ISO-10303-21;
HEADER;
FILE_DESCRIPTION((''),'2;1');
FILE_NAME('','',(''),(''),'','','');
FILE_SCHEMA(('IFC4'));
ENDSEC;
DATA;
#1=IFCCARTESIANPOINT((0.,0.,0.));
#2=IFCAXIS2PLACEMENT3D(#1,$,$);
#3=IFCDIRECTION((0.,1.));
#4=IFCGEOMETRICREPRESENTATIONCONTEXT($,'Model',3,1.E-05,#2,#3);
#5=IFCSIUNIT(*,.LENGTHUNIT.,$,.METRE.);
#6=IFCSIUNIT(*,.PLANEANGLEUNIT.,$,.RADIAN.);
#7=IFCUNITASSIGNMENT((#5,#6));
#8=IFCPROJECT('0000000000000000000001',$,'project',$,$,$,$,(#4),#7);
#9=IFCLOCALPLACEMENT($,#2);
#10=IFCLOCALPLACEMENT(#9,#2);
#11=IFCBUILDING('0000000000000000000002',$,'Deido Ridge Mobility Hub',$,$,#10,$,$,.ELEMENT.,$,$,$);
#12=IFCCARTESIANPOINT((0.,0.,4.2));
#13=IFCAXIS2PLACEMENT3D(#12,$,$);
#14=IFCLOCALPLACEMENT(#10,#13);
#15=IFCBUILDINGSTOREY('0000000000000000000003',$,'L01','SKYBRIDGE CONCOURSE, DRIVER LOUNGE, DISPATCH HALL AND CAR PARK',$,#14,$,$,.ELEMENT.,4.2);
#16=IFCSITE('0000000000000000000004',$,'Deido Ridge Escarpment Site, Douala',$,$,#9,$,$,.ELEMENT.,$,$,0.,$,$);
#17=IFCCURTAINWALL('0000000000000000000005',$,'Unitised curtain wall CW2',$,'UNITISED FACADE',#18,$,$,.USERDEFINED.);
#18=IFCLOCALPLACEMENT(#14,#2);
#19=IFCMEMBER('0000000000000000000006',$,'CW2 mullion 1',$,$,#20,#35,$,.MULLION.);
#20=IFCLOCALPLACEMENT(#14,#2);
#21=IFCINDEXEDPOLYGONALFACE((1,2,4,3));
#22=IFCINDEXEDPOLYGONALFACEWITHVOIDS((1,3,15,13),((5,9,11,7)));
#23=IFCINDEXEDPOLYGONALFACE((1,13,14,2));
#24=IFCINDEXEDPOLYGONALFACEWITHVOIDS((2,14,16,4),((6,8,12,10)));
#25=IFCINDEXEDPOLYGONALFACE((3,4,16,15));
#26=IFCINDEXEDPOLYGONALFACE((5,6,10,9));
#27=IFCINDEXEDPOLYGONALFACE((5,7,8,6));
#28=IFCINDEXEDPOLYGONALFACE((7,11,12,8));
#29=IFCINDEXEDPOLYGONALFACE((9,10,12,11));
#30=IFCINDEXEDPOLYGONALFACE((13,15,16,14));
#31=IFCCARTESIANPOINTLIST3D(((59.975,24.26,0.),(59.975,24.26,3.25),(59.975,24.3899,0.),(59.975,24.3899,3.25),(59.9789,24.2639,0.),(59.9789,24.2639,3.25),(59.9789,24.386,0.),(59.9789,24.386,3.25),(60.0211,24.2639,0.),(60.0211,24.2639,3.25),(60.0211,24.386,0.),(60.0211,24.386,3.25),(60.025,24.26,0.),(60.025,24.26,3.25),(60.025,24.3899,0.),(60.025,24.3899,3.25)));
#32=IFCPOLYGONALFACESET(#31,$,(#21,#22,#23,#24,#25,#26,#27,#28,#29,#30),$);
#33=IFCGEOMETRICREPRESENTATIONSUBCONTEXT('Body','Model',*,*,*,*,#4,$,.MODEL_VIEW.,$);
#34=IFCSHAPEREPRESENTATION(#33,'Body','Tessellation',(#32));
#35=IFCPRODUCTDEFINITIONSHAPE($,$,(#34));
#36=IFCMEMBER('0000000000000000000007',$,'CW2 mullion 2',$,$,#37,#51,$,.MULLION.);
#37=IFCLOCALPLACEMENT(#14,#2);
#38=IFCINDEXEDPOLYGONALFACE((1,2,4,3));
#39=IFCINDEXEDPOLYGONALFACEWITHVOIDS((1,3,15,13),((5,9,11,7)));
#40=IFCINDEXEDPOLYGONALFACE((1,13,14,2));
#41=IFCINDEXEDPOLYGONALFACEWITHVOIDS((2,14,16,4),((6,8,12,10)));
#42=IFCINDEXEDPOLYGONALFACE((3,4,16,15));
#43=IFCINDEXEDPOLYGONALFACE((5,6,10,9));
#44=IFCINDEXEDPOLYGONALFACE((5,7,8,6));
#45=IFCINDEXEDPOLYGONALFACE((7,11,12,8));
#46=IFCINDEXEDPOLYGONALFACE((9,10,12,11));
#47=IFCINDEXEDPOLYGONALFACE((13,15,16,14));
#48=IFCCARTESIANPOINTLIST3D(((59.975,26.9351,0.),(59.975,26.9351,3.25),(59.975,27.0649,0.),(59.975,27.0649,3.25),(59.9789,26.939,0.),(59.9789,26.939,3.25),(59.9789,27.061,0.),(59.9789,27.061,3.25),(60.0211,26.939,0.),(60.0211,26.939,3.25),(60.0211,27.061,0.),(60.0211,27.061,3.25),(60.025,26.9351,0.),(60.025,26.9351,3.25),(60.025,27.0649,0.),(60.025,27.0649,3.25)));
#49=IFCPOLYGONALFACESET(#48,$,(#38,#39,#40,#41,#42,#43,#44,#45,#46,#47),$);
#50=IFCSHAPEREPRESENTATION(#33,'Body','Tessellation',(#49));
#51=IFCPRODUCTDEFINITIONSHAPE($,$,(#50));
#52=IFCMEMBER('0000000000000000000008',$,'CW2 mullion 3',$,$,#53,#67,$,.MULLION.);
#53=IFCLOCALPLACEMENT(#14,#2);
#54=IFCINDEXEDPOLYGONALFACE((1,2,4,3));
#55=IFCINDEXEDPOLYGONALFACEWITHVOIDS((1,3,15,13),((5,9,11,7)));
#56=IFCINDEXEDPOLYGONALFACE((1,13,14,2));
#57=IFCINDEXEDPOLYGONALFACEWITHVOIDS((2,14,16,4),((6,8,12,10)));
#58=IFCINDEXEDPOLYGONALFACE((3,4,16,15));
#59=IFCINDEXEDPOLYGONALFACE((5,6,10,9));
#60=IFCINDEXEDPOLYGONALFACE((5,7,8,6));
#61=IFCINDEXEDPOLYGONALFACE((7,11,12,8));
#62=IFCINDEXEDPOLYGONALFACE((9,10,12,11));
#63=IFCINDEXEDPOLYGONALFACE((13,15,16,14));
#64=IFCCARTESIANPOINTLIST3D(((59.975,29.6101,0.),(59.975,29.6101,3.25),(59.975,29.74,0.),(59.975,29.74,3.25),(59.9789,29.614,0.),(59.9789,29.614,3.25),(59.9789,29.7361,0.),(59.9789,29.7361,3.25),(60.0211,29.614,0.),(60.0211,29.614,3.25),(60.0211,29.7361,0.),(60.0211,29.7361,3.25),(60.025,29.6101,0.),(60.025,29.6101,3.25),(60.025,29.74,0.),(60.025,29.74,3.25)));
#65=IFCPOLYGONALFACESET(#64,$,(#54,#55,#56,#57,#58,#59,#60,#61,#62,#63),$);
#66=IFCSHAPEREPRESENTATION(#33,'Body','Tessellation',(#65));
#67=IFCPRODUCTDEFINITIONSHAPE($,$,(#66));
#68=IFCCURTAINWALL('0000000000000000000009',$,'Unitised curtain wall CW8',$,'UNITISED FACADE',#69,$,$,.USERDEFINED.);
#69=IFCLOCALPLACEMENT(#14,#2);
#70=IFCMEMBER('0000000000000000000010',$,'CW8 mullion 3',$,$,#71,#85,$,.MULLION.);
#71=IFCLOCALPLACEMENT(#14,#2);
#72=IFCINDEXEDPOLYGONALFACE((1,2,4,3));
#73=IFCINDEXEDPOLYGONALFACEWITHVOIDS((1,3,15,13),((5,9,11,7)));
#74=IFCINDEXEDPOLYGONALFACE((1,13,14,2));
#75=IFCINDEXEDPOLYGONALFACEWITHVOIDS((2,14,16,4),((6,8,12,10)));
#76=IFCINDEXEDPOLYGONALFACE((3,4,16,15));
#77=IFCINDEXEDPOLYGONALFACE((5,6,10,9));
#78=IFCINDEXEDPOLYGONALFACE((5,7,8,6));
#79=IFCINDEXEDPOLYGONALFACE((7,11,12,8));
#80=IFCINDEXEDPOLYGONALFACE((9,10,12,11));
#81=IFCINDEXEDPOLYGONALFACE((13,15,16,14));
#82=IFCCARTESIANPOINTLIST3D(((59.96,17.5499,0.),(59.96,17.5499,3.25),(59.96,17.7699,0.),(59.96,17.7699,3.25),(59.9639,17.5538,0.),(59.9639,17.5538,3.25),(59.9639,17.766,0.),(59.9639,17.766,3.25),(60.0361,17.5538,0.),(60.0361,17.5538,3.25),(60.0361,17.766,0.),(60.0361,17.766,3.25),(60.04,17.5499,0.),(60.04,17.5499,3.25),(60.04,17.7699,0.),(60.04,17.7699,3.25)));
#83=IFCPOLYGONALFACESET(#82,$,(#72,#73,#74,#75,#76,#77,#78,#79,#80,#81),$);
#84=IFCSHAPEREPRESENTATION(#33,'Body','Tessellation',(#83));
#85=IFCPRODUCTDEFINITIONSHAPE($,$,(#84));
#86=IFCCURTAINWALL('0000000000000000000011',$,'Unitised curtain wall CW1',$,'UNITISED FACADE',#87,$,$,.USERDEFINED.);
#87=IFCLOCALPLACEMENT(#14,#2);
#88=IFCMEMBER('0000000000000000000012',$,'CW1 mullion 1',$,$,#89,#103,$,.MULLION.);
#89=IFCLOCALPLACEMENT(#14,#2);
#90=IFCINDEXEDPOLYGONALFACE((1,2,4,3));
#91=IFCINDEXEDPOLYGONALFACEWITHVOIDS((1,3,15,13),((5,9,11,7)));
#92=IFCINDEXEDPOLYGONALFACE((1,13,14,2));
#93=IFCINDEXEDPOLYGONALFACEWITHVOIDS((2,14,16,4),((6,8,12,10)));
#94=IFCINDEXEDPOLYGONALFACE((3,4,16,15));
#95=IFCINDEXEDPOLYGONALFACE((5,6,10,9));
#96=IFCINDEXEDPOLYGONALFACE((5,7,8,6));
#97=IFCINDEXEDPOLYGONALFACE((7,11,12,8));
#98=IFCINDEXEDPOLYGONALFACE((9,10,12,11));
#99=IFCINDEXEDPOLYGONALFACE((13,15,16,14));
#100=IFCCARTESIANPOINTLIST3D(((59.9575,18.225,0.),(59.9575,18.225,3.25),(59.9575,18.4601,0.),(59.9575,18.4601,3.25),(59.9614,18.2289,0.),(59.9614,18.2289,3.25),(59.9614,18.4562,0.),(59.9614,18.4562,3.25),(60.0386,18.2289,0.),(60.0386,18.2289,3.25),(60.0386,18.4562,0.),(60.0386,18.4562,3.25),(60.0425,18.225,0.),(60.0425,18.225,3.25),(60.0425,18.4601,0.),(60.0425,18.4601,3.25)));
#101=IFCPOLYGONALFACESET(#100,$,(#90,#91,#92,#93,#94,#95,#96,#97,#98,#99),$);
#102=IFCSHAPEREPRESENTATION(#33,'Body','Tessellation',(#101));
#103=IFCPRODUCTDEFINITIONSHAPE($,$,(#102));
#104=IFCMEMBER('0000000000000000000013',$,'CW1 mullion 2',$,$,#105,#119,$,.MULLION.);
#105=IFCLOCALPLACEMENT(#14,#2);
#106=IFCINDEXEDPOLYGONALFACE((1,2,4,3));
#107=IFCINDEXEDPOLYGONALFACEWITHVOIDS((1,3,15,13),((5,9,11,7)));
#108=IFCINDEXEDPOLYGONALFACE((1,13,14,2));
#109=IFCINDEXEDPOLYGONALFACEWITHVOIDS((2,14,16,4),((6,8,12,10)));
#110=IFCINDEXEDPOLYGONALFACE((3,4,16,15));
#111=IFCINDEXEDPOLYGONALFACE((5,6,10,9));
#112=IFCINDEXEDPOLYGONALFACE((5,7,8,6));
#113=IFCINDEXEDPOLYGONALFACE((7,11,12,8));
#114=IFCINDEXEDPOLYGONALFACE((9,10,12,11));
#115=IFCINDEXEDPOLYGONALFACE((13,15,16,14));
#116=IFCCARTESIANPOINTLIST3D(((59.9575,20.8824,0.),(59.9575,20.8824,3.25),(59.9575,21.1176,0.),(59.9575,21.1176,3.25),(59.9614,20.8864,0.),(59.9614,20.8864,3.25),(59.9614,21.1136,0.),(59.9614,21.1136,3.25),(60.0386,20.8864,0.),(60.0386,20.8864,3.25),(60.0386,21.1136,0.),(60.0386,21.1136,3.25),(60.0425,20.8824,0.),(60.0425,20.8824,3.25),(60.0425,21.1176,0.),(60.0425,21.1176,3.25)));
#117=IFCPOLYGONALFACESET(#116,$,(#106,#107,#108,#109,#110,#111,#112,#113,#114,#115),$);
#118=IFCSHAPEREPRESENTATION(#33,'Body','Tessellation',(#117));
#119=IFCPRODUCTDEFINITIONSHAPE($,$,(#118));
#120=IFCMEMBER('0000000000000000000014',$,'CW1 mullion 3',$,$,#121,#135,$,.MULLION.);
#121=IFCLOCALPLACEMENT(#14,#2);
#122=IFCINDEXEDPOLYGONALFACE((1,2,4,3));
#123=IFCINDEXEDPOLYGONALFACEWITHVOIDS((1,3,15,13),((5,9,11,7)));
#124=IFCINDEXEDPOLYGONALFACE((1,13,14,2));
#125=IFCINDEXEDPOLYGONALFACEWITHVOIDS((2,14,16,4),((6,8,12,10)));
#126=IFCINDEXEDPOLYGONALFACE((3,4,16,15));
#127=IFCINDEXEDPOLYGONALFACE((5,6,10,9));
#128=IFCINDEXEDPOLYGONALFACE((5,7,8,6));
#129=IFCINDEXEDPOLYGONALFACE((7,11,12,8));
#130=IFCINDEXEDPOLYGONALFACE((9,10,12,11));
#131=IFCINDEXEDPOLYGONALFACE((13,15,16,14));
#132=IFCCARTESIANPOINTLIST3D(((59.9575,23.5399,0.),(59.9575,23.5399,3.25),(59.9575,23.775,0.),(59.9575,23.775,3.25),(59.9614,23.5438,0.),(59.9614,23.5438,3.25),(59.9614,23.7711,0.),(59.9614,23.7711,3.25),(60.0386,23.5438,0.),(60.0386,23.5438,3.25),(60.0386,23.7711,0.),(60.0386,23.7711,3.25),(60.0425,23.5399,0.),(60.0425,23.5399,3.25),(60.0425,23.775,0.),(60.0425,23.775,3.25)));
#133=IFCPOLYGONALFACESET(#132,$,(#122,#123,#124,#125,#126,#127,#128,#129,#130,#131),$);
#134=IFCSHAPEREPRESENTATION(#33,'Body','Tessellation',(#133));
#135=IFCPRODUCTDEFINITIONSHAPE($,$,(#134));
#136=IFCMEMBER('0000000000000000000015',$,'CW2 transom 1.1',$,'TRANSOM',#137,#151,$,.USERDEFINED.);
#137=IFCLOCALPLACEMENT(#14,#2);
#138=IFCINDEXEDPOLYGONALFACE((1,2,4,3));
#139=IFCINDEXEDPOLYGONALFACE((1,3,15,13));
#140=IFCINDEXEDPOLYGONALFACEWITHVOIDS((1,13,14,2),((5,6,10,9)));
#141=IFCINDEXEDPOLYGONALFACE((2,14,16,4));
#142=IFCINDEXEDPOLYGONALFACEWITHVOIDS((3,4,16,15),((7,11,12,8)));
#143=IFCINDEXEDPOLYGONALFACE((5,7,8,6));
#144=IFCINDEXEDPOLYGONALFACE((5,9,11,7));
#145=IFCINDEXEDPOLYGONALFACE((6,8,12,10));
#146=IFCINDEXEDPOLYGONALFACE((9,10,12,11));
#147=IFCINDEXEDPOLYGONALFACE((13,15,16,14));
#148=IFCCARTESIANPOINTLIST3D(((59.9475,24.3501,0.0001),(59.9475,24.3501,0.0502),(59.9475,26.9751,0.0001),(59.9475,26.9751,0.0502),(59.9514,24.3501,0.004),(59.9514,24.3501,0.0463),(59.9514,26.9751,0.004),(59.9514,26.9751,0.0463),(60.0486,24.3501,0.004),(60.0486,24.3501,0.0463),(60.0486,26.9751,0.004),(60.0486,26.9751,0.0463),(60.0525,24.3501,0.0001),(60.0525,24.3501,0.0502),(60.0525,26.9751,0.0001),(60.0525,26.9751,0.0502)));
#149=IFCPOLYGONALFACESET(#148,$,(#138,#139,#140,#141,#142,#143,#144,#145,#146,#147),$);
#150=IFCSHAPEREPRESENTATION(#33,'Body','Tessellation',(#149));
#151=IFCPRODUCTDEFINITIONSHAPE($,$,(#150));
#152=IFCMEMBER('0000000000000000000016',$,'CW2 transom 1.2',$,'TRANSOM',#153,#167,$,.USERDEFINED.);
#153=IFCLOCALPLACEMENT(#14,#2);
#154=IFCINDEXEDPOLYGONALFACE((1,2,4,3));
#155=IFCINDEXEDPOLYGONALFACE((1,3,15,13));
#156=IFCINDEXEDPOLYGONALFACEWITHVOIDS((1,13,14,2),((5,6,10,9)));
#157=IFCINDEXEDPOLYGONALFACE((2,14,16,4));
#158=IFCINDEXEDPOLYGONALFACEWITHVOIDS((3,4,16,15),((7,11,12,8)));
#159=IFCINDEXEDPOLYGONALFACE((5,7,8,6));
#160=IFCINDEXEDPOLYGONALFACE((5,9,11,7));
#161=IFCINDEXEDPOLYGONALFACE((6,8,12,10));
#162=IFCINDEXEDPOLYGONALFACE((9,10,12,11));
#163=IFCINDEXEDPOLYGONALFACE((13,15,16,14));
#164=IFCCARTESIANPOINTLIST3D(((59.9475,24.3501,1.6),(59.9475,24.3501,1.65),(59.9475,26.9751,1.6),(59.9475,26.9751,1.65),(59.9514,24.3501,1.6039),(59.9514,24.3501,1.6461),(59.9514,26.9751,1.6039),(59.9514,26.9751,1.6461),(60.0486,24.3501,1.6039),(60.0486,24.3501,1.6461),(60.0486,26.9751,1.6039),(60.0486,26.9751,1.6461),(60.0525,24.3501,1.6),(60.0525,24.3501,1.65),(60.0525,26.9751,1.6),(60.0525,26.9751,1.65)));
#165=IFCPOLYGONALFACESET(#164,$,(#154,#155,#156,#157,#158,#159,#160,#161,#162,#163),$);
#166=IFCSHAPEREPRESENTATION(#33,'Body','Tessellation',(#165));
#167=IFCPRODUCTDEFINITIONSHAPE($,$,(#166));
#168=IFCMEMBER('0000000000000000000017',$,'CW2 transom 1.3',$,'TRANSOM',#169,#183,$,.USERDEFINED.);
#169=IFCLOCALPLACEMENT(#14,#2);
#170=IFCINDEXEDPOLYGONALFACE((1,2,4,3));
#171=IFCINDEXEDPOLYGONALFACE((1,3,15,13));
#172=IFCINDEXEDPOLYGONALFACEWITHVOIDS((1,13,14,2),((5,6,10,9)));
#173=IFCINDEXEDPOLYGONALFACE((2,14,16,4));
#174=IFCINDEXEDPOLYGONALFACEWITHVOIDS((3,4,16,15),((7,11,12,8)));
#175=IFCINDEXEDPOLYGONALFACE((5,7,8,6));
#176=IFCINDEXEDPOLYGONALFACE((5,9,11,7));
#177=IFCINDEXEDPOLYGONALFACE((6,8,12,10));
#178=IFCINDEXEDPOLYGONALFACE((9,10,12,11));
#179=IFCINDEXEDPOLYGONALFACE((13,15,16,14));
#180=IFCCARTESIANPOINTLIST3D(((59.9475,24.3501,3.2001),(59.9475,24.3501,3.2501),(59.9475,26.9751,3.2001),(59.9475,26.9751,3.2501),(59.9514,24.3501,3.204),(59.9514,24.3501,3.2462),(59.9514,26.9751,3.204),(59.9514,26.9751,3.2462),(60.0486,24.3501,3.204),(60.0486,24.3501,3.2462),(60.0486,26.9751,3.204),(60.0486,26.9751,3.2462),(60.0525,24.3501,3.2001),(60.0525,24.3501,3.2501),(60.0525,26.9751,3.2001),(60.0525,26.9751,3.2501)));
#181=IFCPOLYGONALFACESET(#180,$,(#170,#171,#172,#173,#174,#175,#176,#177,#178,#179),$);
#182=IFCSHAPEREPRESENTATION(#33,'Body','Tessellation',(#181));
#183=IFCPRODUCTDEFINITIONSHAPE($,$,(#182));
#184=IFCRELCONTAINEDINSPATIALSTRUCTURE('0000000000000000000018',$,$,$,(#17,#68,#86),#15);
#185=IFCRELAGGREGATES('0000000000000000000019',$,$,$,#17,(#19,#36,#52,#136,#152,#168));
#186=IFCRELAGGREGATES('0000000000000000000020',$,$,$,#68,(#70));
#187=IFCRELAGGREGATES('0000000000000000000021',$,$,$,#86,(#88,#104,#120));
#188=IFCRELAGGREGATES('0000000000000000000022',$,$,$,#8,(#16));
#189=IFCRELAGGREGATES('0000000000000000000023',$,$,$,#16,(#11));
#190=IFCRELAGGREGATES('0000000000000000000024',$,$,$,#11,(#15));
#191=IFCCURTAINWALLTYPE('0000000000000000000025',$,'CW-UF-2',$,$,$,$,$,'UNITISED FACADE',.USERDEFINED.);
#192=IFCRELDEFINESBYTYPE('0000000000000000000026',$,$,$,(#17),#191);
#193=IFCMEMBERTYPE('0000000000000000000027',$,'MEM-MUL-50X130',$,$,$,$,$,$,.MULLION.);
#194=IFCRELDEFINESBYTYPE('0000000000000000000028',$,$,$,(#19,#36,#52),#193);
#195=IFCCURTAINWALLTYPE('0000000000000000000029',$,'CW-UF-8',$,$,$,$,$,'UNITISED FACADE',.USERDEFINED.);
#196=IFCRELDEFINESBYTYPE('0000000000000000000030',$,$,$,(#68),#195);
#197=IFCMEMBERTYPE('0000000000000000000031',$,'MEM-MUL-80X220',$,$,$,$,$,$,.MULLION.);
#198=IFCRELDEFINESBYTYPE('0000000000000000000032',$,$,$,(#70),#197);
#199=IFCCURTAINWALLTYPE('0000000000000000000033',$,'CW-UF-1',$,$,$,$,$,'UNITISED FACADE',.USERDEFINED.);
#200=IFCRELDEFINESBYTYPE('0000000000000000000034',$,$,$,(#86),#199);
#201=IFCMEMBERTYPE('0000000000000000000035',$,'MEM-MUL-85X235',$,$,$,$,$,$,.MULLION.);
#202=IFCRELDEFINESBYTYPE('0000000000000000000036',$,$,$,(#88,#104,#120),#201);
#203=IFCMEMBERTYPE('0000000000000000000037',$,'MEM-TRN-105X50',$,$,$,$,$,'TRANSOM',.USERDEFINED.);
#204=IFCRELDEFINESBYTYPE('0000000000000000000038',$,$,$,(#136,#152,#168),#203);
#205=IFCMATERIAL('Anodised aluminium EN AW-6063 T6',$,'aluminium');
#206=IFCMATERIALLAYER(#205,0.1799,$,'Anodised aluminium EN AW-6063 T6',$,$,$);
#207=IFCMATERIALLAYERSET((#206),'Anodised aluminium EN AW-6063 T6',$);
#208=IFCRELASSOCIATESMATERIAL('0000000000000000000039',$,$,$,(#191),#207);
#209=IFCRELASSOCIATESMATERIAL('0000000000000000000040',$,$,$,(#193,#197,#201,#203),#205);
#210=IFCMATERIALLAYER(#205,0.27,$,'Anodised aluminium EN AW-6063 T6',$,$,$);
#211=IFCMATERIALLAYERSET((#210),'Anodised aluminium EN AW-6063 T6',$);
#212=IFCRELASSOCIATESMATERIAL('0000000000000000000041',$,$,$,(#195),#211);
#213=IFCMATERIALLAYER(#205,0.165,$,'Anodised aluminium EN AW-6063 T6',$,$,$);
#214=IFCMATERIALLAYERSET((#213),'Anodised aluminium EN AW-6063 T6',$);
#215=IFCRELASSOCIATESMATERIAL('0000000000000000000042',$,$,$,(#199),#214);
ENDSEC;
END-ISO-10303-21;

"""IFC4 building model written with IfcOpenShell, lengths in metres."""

from ifc_helpers import new_model, si_unit, direction, frame, origin, origin_2d, place, context, subcontext, project, spatial, hollow_rectangle, extrude, material, layer, layer_set, material_profile, profile_set, type_object, element, aggregate, save


model = new_model("IFC4")

# Units and contexts
model_context = context("Model", 3, precision=1e-05, world=origin(), true_north=direction((0.0, 1.0)))
body_context = subcontext(model_context, "Body", "Model", "MODEL_VIEW")
ifc_project = project(units=[si_unit("LENGTHUNIT", "METRE"), si_unit("PLANEANGLEUNIT", "RADIAN")], contexts=[model_context])

# Site, building, storey
site_placement = place(None, origin())
site = spatial("IfcSite", under=ifc_project, at=site_placement, Name="Deido Ridge Escarpment Site, Douala", CompositionType="ELEMENT", RefElevation=0.0)
building_placement = place(site_placement, origin())
building = spatial("IfcBuilding", under=site, at=building_placement, Name="Deido Ridge Mobility Hub", CompositionType="ELEMENT")
storey_placement = place(building_placement, frame((0.0, 0.0, 4.2)))
storey = spatial("IfcBuildingStorey", under=building, at=storey_placement, Name="L01", Description="SKYBRIDGE CONCOURSE, DRIVER LOUNGE, DISPATCH HALL AND CAR PARK", CompositionType="ELEMENT", Elevation=4.2)

# Curtain wall, members
ifc_material_1 = material(Name="Anodised aluminium EN AW-6063 T6", Category="aluminium")
ifc_layer_1 = layer(ifc_material_1, 0.1799, Name="Anodised aluminium EN AW-6063 T6")
ifc_layer_set_1 = layer_set([ifc_layer_1], Name="Anodised aluminium EN AW-6063 T6")
curtain_wall_type_1 = type_object("IfcCurtainWallType", Name="CW-UF-2", ElementType="UNITISED FACADE", PredefinedType="USERDEFINED", material=ifc_layer_set_1)
curtain_wall_1_placement = place(storey_placement, origin())
curtain_wall_1 = element("IfcCurtainWall", 1, at=curtain_wall_1_placement, inside=storey, type_object=curtain_wall_type_1, Name="Unitised curtain wall CW2", ObjectType="UNITISED FACADE", PredefinedType="USERDEFINED")
ifc_material_profile_1 = material_profile(ifc_material_1, hollow_rectangle(XDim=0.05, YDim=0.1299, WallThickness=0.0039, at=origin_2d()), Name="RHS 50x130x4")
ifc_profile_set_1 = profile_set([ifc_material_profile_1], Name="Anodised aluminium EN AW-6063 T6")
member_type_1 = type_object("IfcMemberType", Name="MEM-MUL-50X130", PredefinedType="MULLION", material=ifc_profile_set_1)
member_1_placement = place(storey_placement, frame((60.0, 24.325, 0.0), z_axis=(0.0, 0.0, 1.0), x_axis=(-1.0, 0.0, 0.0)))
member_1 = element("IfcMember", 2, at=member_1_placement, type_object=member_type_1, Name="CW2 mullion 1", PredefinedType="MULLION", context=body_context, shape_type="SweptSolid", body=[
    extrude(hollow_rectangle(XDim=0.05, YDim=0.1299, WallThickness=0.0039, at=origin_2d()), origin(), (0.0, 0.0, 1.0), 3.25),
])
member_2_placement = place(storey_placement, frame((60.0, 27.0, 0.0), z_axis=(0.0, 0.0, 1.0), x_axis=(-1.0, 0.0, 0.0)))
member_2 = element("IfcMember", 3, at=member_2_placement, type_object=member_type_1, Name="CW2 mullion 2", PredefinedType="MULLION", context=body_context, shape_type="SweptSolid", body=[
    extrude(hollow_rectangle(XDim=0.05, YDim=0.1299, WallThickness=0.0039, at=origin_2d()), origin(), (0.0, 0.0, 1.0), 3.25),
])
member_3_placement = place(storey_placement, frame((60.0, 29.675, 0.0), z_axis=(0.0, 0.0, 1.0), x_axis=(-1.0, 0.0, 0.0)))
member_3 = element("IfcMember", 4, at=member_3_placement, type_object=member_type_1, Name="CW2 mullion 3", PredefinedType="MULLION", context=body_context, shape_type="SweptSolid", body=[
    extrude(hollow_rectangle(XDim=0.05, YDim=0.1299, WallThickness=0.0039, at=origin_2d()), origin(), (0.0, 0.0, 1.0), 3.25),
])

# Curtain wall, member
ifc_layer_2 = layer(ifc_material_1, 0.27, Name="Anodised aluminium EN AW-6063 T6")
ifc_layer_set_2 = layer_set([ifc_layer_2], Name="Anodised aluminium EN AW-6063 T6")
curtain_wall_type_2 = type_object("IfcCurtainWallType", Name="CW-UF-8", ElementType="UNITISED FACADE", PredefinedType="USERDEFINED", material=ifc_layer_set_2)
curtain_wall_2_placement = place(storey_placement, origin())
curtain_wall_2 = element("IfcCurtainWall", 5, at=curtain_wall_2_placement, inside=storey, type_object=curtain_wall_type_2, Name="Unitised curtain wall CW8", ObjectType="UNITISED FACADE", PredefinedType="USERDEFINED")
ifc_material_profile_2 = material_profile(ifc_material_1, hollow_rectangle(XDim=0.0801, YDim=0.22, WallThickness=0.0039, at=origin_2d()), Name="RHS 80x220x4")
ifc_profile_set_2 = profile_set([ifc_material_profile_2], Name="Anodised aluminium EN AW-6063 T6")
member_type_2 = type_object("IfcMemberType", Name="MEM-MUL-80X220", PredefinedType="MULLION", material=ifc_profile_set_2)
member_4_placement = place(storey_placement, frame((60.0, 17.6599, 0.0), z_axis=(0.0, 0.0, 1.0), x_axis=(-1.0, 0.0, 0.0)))
member_4 = element("IfcMember", 6, at=member_4_placement, type_object=member_type_2, Name="CW8 mullion 3", PredefinedType="MULLION", context=body_context, shape_type="SweptSolid", body=[
    extrude(hollow_rectangle(XDim=0.0801, YDim=0.22, WallThickness=0.0039, at=origin_2d()), origin(), (0.0, 0.0, 1.0), 3.25),
])

# Curtain wall, members
ifc_layer_3 = layer(ifc_material_1, 0.165, Name="Anodised aluminium EN AW-6063 T6")
ifc_layer_set_3 = layer_set([ifc_layer_3], Name="Anodised aluminium EN AW-6063 T6")
curtain_wall_type_3 = type_object("IfcCurtainWallType", Name="CW-UF-1", ElementType="UNITISED FACADE", PredefinedType="USERDEFINED", material=ifc_layer_set_3)
curtain_wall_3_placement = place(storey_placement, origin())
curtain_wall_3 = element("IfcCurtainWall", 7, at=curtain_wall_3_placement, inside=storey, type_object=curtain_wall_type_3, Name="Unitised curtain wall CW1", ObjectType="UNITISED FACADE", PredefinedType="USERDEFINED")
ifc_material_profile_3 = material_profile(ifc_material_1, hollow_rectangle(XDim=0.085, YDim=0.2351, WallThickness=0.0039, at=origin_2d()), Name="RHS 85x235x4")
ifc_profile_set_3 = profile_set([ifc_material_profile_3], Name="Anodised aluminium EN AW-6063 T6")
member_type_3 = type_object("IfcMemberType", Name="MEM-MUL-85X235", PredefinedType="MULLION", material=ifc_profile_set_3)
member_5_placement = place(storey_placement, frame((60.0, 18.3425, 0.0), z_axis=(0.0, 0.0, 1.0), x_axis=(-1.0, 0.0, 0.0)))
member_5 = element("IfcMember", 8, at=member_5_placement, type_object=member_type_3, Name="CW1 mullion 1", PredefinedType="MULLION", context=body_context, shape_type="SweptSolid", body=[
    extrude(hollow_rectangle(XDim=0.085, YDim=0.2351, WallThickness=0.0039, at=origin_2d()), origin(), (0.0, 0.0, 1.0), 3.25),
])
member_6_placement = place(storey_placement, frame((60.0, 21.0, 0.0), z_axis=(0.0, 0.0, 1.0), x_axis=(-1.0, 0.0, 0.0)))
member_6 = element("IfcMember", 9, at=member_6_placement, type_object=member_type_3, Name="CW1 mullion 2", PredefinedType="MULLION", context=body_context, shape_type="SweptSolid", body=[
    extrude(hollow_rectangle(XDim=0.085, YDim=0.2351, WallThickness=0.0039, at=origin_2d()), origin(), (0.0, 0.0, 1.0), 3.25),
])
member_7_placement = place(storey_placement, frame((60.0, 23.6575, 0.0), z_axis=(0.0, 0.0, 1.0), x_axis=(-1.0, 0.0, 0.0)))
member_7 = element("IfcMember", 10, at=member_7_placement, type_object=member_type_3, Name="CW1 mullion 3", PredefinedType="MULLION", context=body_context, shape_type="SweptSolid", body=[
    extrude(hollow_rectangle(XDim=0.085, YDim=0.2351, WallThickness=0.0039, at=origin_2d()), origin(), (0.0, 0.0, 1.0), 3.25),
])

# Members
ifc_material_profile_4 = material_profile(ifc_material_1, hollow_rectangle(XDim=0.105, YDim=0.05, WallThickness=0.0039, at=origin_2d()), Name="RHS 105x50x4")
ifc_profile_set_4 = profile_set([ifc_material_profile_4], Name="Anodised aluminium EN AW-6063 T6")
member_type_4 = type_object("IfcMemberType", Name="MEM-TRN-105X50", ElementType="TRANSOM", PredefinedType="USERDEFINED", material=ifc_profile_set_4)
member_8_placement = place(storey_placement, frame((60.0, 24.3501, 0.0251), z_axis=(0.0, 1.0, 0.0), x_axis=(-1.0, 0.0, 0.0)))
member_8 = element("IfcMember", 11, at=member_8_placement, type_object=member_type_4, Name="CW2 transom 1.1", ObjectType="TRANSOM", PredefinedType="USERDEFINED", context=body_context, shape_type="SweptSolid", body=[
    extrude(hollow_rectangle(XDim=0.105, YDim=0.05, WallThickness=0.0039, at=origin_2d()), origin(), (0.0, 0.0, 1.0), 2.625),
])
member_9_placement = place(storey_placement, frame((60.0, 24.3501, 1.625), z_axis=(0.0, 1.0, 0.0), x_axis=(-1.0, 0.0, 0.0)))
member_9 = element("IfcMember", 12, at=member_9_placement, type_object=member_type_4, Name="CW2 transom 1.2", ObjectType="TRANSOM", PredefinedType="USERDEFINED", context=body_context, shape_type="SweptSolid", body=[
    extrude(hollow_rectangle(XDim=0.105, YDim=0.05, WallThickness=0.0039, at=origin_2d()), origin(), (0.0, 0.0, 1.0), 2.625),
])
member_10_placement = place(storey_placement, frame((60.0, 24.3501, 3.2251), z_axis=(0.0, 1.0, 0.0), x_axis=(-1.0, 0.0, 0.0)))
member_10 = element("IfcMember", 13, at=member_10_placement, type_object=member_type_4, Name="CW2 transom 1.3", ObjectType="TRANSOM", PredefinedType="USERDEFINED", context=body_context, shape_type="SweptSolid", body=[
    extrude(hollow_rectangle(XDim=0.105, YDim=0.05, WallThickness=0.0039, at=origin_2d()), origin(), (0.0, 0.0, 1.0), 2.625),
])

aggregate(curtain_wall_1, [member_1, member_2, member_3, member_8, member_9, member_10])
aggregate(curtain_wall_2, [member_4])
aggregate(curtain_wall_3, [member_5, member_6, member_7])

save(model, "model.ifc")
